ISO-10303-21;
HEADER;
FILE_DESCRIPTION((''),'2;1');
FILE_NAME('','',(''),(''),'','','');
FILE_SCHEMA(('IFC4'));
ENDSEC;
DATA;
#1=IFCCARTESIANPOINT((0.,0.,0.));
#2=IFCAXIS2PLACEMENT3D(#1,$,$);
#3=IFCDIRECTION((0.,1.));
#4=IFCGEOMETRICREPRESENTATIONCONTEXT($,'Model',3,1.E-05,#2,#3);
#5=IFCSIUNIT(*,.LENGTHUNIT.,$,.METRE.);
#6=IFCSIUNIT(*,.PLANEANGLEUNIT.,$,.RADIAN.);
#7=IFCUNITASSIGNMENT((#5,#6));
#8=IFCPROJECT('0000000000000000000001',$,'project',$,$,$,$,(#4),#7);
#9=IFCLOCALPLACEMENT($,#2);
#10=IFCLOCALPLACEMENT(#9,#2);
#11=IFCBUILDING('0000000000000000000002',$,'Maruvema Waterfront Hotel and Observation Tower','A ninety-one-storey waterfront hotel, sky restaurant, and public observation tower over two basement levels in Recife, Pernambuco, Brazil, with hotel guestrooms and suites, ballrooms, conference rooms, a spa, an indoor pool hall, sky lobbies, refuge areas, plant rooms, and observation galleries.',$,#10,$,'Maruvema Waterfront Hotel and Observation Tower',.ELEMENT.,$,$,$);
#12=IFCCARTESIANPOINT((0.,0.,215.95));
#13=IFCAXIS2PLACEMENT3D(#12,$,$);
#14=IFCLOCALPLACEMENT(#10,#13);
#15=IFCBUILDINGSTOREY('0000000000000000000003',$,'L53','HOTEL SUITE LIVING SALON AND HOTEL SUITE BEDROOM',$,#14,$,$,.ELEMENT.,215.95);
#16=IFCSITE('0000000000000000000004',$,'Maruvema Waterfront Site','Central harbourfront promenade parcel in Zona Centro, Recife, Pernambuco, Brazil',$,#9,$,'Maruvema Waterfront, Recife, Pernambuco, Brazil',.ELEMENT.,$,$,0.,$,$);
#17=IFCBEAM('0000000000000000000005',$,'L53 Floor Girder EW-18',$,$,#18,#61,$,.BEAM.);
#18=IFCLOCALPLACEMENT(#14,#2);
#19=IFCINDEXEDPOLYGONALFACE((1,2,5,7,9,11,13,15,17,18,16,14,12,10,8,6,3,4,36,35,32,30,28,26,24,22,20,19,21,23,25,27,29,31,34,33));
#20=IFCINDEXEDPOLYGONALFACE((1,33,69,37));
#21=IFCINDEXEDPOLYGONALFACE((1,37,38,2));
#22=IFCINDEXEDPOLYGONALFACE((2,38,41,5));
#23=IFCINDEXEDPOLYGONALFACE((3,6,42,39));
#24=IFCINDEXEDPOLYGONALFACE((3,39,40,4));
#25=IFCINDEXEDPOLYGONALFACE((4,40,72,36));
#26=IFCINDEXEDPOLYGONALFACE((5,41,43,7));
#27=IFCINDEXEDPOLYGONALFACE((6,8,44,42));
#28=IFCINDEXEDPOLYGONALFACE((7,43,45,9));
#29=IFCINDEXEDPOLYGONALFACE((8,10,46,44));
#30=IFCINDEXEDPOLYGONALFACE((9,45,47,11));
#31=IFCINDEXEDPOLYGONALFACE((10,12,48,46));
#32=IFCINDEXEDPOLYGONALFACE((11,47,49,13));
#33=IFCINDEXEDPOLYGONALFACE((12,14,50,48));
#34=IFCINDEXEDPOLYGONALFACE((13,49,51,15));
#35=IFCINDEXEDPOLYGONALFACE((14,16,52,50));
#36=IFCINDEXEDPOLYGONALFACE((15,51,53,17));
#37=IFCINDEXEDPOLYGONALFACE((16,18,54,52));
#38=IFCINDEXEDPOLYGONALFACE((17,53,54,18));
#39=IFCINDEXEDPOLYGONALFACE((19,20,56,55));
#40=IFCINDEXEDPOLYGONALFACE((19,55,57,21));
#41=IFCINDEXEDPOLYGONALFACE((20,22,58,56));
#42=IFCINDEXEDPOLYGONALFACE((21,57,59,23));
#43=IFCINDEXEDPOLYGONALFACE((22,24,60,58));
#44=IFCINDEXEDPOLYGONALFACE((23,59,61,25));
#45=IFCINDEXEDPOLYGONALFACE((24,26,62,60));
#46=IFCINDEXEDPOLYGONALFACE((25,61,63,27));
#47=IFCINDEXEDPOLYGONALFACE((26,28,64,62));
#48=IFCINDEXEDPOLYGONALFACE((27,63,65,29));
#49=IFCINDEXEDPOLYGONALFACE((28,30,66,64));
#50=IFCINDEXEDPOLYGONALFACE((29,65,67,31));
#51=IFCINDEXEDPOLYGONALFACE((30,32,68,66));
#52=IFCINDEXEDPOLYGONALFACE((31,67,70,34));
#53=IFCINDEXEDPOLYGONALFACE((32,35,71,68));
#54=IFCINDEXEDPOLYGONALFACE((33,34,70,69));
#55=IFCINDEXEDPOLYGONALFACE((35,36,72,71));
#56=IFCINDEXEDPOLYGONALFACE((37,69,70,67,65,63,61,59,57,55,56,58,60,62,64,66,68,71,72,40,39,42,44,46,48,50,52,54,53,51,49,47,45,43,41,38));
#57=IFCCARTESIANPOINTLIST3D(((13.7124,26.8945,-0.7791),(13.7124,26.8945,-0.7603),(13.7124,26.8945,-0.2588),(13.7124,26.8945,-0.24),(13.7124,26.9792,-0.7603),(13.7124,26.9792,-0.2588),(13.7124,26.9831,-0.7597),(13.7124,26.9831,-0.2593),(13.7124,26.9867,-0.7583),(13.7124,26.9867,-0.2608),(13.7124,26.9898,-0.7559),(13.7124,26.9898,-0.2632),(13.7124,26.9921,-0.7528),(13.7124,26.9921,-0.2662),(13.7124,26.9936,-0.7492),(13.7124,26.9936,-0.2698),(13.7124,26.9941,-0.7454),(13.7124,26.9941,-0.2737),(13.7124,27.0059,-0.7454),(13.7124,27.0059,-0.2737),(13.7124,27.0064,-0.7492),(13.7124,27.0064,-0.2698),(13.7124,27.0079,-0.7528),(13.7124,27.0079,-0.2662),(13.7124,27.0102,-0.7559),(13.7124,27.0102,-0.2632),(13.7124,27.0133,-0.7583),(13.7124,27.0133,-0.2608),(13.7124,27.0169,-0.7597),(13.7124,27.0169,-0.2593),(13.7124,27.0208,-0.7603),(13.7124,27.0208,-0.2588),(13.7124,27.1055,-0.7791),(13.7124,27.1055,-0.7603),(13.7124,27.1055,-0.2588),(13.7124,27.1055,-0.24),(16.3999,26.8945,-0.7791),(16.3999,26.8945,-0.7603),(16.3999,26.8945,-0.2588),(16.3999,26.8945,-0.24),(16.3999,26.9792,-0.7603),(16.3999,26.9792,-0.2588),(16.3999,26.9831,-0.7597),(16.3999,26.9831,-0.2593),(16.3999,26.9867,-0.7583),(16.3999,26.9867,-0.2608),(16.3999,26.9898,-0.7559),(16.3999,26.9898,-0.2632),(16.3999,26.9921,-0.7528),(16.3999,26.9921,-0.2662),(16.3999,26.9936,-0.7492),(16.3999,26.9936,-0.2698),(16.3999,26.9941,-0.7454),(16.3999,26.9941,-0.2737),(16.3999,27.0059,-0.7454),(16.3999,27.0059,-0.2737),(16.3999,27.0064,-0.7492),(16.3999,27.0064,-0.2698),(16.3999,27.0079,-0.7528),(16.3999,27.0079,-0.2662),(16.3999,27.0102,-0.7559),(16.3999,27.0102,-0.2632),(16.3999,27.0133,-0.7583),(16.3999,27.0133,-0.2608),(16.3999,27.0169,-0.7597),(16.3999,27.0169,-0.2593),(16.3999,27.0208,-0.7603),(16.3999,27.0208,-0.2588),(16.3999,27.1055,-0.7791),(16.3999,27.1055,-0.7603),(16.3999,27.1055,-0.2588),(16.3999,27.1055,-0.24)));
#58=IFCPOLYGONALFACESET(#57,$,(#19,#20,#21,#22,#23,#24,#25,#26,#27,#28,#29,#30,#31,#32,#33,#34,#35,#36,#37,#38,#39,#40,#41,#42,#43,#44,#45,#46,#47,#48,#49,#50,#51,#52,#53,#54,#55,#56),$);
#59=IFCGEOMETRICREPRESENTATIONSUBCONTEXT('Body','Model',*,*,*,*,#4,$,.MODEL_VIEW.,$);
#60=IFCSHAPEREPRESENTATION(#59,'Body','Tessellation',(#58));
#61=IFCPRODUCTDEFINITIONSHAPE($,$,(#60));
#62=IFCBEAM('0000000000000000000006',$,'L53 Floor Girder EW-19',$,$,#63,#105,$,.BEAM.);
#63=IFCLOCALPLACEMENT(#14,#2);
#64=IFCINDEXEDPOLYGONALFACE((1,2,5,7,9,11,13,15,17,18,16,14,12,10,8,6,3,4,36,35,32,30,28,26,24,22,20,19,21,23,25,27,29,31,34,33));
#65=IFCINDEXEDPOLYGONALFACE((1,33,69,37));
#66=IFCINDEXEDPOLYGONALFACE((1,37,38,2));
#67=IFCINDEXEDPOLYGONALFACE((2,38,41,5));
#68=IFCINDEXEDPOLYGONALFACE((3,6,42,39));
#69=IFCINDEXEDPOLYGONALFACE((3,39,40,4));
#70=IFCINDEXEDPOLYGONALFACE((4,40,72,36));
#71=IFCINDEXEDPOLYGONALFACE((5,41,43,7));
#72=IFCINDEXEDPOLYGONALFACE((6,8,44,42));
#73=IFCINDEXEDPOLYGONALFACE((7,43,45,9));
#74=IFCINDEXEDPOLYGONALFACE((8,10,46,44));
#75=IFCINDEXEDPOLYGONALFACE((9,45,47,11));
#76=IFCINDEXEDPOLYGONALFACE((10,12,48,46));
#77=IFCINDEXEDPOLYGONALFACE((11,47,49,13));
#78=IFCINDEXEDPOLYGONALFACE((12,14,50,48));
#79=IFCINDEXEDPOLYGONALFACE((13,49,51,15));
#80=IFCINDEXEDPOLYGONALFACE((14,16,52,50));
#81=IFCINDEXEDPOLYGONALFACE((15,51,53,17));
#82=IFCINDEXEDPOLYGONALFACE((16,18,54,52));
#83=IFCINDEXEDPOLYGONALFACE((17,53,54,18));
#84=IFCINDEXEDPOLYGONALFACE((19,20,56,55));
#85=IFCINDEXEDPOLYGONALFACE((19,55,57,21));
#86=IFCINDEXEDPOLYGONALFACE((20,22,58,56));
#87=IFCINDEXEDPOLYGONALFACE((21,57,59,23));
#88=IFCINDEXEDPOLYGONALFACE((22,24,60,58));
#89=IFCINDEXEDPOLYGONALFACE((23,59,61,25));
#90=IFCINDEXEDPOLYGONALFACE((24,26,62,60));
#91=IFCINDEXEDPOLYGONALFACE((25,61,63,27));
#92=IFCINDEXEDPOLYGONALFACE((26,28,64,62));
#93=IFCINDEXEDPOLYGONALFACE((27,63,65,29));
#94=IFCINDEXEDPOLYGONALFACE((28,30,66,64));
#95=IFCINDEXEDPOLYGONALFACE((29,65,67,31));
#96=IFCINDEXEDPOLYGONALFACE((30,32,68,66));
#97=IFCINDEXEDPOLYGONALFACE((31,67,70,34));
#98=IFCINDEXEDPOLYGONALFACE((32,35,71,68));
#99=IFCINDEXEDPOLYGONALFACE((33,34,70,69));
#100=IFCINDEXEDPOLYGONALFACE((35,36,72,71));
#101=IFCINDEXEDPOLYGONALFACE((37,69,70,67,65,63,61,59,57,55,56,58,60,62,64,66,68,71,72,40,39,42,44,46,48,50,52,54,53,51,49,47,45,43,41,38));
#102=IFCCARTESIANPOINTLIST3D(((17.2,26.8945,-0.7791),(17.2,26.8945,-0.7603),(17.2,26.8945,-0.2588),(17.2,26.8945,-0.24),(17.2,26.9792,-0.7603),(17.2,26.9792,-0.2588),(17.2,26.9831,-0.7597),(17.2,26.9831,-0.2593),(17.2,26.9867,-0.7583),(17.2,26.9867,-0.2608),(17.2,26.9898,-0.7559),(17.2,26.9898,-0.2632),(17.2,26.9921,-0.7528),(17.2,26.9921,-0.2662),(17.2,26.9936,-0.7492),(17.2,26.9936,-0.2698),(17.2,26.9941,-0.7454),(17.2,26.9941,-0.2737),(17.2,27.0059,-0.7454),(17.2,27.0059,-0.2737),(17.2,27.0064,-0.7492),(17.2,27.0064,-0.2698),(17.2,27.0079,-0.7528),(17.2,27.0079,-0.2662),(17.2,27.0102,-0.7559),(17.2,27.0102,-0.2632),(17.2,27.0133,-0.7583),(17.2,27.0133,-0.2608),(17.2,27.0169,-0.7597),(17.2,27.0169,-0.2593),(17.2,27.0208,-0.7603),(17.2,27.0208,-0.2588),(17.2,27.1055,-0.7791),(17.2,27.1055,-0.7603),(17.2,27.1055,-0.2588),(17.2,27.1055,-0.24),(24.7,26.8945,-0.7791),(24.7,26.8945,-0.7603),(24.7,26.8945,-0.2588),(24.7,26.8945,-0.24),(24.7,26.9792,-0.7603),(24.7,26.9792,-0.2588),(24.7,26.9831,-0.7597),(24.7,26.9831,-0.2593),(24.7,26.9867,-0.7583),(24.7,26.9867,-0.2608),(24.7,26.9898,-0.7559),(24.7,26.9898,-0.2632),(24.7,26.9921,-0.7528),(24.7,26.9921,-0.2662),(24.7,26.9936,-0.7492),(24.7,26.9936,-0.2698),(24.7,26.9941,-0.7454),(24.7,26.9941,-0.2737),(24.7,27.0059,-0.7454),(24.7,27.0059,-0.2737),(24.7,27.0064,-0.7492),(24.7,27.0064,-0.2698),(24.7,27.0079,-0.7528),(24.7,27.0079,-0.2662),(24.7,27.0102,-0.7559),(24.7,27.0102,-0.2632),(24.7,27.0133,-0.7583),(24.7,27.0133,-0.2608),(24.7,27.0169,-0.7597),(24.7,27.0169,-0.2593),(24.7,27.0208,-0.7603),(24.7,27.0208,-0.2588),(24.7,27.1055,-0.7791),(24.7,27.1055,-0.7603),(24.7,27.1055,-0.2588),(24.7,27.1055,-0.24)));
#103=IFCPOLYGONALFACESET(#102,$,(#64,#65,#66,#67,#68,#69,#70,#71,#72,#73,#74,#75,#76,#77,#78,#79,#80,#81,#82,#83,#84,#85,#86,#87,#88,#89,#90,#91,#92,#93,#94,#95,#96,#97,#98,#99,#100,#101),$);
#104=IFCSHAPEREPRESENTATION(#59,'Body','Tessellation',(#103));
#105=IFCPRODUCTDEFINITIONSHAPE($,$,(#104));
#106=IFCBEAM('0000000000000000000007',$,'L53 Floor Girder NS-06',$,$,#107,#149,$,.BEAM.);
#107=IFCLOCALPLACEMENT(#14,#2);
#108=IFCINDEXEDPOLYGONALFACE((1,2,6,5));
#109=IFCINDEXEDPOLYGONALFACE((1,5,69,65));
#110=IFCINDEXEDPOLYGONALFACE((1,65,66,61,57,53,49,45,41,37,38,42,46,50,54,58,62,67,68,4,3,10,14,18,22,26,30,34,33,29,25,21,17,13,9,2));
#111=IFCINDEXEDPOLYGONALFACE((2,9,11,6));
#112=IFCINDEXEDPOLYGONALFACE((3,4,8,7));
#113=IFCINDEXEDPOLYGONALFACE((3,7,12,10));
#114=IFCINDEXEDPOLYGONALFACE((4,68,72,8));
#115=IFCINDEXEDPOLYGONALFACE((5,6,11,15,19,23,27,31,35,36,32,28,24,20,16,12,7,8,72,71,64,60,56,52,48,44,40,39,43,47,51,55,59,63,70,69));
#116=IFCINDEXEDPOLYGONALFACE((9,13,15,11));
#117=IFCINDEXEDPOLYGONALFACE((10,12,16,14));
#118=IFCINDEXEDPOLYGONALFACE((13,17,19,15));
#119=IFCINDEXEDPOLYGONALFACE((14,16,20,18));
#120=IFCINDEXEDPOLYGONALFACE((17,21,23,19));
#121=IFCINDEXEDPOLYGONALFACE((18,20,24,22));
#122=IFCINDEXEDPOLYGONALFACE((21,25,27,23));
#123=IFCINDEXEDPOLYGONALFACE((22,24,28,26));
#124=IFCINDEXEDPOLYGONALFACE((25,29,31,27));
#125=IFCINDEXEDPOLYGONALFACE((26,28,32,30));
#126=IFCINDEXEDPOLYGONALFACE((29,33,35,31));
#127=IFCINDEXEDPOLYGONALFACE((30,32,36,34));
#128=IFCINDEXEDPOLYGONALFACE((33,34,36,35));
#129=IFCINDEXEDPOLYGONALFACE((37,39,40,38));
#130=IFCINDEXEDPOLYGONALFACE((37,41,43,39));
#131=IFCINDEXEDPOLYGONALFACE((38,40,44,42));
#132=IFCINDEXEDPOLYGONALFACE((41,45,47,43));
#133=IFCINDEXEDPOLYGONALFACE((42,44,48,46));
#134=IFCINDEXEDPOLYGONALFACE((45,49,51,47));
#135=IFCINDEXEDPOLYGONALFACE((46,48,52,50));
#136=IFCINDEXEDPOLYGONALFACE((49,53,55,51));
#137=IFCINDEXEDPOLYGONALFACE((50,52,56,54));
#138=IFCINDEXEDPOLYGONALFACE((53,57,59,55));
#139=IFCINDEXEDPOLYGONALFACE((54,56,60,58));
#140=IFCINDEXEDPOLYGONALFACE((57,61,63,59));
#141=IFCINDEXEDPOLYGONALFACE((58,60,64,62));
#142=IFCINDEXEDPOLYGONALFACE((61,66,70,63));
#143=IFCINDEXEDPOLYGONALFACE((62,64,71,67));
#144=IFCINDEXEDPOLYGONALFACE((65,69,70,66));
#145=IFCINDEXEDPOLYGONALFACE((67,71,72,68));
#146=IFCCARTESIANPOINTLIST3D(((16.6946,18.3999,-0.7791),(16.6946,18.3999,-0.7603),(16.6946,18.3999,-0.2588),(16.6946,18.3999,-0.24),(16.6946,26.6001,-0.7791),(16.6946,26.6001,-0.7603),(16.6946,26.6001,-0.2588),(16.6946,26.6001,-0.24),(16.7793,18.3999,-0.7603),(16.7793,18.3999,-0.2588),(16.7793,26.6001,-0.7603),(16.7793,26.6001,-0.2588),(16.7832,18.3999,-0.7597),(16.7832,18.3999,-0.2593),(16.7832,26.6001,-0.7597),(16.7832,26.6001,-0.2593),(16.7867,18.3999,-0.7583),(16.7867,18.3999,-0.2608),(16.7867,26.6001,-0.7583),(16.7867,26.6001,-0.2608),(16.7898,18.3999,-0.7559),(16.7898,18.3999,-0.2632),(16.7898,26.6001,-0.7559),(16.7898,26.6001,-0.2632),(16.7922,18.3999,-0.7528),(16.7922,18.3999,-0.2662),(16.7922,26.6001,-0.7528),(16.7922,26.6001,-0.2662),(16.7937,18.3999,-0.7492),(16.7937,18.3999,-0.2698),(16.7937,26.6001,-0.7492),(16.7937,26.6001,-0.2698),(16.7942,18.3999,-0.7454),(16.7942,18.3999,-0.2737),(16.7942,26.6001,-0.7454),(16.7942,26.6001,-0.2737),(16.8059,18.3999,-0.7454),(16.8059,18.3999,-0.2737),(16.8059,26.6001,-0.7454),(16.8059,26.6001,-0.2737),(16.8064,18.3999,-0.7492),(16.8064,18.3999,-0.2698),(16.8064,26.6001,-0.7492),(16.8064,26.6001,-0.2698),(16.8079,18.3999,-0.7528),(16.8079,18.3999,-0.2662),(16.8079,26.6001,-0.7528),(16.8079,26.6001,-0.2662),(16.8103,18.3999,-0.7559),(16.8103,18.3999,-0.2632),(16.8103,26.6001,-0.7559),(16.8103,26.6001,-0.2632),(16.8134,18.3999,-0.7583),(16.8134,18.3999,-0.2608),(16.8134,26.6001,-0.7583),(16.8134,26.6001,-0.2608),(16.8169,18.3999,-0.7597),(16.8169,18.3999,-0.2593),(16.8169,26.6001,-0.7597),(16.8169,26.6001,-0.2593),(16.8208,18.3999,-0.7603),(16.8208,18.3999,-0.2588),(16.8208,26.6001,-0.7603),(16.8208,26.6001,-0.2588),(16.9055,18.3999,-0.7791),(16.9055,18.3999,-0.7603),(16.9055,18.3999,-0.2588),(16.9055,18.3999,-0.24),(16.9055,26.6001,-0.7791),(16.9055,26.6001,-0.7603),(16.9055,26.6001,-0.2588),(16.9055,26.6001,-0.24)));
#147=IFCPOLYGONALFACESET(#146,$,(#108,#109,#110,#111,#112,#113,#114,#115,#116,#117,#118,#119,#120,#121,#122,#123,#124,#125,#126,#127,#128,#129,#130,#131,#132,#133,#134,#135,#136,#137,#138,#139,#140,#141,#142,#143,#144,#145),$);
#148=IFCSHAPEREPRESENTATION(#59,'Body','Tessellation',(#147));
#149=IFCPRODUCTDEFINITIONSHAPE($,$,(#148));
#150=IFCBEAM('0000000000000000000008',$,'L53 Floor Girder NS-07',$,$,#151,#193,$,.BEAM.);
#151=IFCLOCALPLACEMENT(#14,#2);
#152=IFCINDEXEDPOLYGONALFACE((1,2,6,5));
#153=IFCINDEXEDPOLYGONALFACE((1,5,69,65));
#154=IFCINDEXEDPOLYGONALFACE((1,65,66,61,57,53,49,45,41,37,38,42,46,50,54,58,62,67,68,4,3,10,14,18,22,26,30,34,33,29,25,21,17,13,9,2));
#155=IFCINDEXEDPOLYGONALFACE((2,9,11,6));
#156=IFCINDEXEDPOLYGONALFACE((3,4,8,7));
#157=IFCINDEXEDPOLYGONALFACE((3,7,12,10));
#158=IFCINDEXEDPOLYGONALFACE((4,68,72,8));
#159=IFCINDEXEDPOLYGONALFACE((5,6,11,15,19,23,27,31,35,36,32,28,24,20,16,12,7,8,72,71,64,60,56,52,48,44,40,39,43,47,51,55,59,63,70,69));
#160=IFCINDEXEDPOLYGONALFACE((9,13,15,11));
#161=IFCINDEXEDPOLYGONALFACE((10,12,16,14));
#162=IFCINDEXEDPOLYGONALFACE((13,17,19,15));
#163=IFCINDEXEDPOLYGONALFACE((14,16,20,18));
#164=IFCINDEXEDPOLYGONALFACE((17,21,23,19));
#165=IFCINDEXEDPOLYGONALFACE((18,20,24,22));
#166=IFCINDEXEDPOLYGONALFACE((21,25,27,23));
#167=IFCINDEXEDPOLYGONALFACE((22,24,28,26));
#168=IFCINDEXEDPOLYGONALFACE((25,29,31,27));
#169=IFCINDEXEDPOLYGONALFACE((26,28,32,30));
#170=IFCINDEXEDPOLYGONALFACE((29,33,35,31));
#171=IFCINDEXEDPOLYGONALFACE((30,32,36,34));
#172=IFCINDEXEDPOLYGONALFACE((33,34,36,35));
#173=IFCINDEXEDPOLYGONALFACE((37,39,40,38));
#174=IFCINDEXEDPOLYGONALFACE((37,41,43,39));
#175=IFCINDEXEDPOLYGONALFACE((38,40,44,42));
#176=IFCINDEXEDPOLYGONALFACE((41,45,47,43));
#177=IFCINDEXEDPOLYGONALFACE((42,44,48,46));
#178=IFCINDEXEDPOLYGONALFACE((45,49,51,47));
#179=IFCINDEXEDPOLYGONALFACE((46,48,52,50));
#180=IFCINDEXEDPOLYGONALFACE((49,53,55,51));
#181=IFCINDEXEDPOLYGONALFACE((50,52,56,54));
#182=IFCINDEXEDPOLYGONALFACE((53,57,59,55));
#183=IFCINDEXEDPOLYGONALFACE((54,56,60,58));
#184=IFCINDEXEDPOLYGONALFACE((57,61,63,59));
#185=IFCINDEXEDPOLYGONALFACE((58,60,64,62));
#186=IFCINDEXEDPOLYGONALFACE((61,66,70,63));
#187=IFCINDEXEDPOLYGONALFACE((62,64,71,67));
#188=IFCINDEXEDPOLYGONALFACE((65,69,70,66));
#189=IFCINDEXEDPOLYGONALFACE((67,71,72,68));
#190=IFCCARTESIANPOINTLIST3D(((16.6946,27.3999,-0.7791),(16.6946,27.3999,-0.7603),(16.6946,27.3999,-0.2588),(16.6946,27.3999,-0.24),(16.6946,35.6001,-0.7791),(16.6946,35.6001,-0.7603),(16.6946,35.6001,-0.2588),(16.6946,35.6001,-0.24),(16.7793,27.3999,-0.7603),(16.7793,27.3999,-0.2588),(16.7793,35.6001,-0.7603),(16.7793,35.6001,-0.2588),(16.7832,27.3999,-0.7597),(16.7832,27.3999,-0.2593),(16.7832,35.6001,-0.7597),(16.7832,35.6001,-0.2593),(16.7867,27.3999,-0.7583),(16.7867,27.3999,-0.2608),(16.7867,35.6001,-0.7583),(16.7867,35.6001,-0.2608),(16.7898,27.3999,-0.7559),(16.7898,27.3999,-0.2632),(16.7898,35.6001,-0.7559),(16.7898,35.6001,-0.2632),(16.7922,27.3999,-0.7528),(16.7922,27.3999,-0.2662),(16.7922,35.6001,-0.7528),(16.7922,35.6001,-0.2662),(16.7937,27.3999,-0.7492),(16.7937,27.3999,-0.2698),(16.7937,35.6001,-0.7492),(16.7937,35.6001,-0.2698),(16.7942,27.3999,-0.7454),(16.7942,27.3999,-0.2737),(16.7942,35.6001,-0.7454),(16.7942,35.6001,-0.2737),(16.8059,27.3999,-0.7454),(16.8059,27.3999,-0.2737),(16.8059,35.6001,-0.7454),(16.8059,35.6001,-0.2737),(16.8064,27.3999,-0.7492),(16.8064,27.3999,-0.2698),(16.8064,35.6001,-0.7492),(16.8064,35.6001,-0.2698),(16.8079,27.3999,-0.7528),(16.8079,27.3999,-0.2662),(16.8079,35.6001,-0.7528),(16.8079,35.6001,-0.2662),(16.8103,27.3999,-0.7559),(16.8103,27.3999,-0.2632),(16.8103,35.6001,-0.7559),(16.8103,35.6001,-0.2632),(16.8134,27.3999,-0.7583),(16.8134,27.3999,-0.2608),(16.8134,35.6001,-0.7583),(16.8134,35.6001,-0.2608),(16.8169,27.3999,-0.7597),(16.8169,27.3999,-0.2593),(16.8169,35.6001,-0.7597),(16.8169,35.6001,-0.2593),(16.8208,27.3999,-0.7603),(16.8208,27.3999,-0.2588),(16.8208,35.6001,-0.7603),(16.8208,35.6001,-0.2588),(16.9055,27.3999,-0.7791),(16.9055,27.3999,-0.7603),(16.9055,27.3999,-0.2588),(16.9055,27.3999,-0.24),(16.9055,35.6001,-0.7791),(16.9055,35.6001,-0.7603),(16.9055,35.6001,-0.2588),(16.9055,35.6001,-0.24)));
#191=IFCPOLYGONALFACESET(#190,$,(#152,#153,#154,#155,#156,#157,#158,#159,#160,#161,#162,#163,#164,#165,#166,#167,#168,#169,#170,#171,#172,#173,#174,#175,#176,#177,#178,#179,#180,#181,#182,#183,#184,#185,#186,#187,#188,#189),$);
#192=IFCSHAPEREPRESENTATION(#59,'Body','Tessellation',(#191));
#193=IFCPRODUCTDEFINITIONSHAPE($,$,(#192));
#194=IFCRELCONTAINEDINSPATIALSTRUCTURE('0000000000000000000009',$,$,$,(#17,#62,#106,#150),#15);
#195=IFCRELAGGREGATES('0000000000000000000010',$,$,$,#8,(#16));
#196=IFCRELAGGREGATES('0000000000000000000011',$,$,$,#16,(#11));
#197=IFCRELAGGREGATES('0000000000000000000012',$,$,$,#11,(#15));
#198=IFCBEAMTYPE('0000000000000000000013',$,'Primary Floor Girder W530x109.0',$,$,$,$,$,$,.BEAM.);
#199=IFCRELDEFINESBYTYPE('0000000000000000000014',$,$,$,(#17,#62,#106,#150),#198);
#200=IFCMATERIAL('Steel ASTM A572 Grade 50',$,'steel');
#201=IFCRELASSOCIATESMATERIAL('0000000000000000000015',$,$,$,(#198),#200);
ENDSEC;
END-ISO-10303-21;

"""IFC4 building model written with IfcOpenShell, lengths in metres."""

from ifc_helpers import new_model, si_unit, direction, frame, origin, origin_2d, place, context, subcontext, project, spatial, i_section, extrude, material, material_profile, profile_set, type_object, element, save


model = new_model("IFC4")

# Units and contexts
model_context = context("Model", 3, precision=1e-05, world=origin(), true_north=direction((0.0, 1.0)))
body_context = subcontext(model_context, "Body", "Model", "MODEL_VIEW")
ifc_project = project(units=[si_unit("LENGTHUNIT", "METRE"), si_unit("PLANEANGLEUNIT", "RADIAN")], contexts=[model_context])

# Site, building, storey
site_placement = place(None, origin())
site = spatial("IfcSite", under=ifc_project, at=site_placement, Name="Maruvema Waterfront Site", Description="Central harbourfront promenade parcel in Zona Centro, Recife, Pernambuco, Brazil", LongName="Maruvema Waterfront, Recife, Pernambuco, Brazil", CompositionType="ELEMENT", RefElevation=0.0)
building_placement = place(site_placement, origin())
building = spatial("IfcBuilding", under=site, at=building_placement, Name="Maruvema Waterfront Hotel and Observation Tower", Description="A ninety-one-storey waterfront hotel, sky restaurant, and public observation tower over two basement levels in Recife, Pernambuco, Brazil, with hotel guestrooms and suites, ballrooms, conference rooms, a spa, an indoor pool hall, sky lobbies, refuge areas, plant rooms, and observation galleries.", LongName="Maruvema Waterfront Hotel and Observation Tower", CompositionType="ELEMENT")
storey_placement = place(building_placement, frame((0.0, 0.0, 215.95)))
storey = spatial("IfcBuildingStorey", under=building, at=storey_placement, Name="L53", Description="HOTEL SUITE LIVING SALON AND HOTEL SUITE BEDROOM", CompositionType="ELEMENT", Elevation=215.95)

# Beams
ifc_material_1 = material(Name="Steel ASTM A572 Grade 50", Category="steel")
ifc_material_profile_1 = material_profile(ifc_material_1, i_section(OverallWidth=0.2109, OverallDepth=0.5391, WebThickness=0.0117, FlangeThickness=0.0188, FilletRadius=0.0149, at=origin_2d()), Name="W530x109.0")
ifc_profile_set_1 = profile_set([ifc_material_profile_1], Name="Steel ASTM A572 Grade 50")
beam_type_1 = type_object("IfcBeamType", Name="Primary Floor Girder W530x109.0", PredefinedType="BEAM", material=ifc_profile_set_1)
beam_1_placement = place(storey_placement, frame((13.7124, 27.0, -0.5095), z_axis=(1.0, 0.0, 0.0), x_axis=(0.0, 1.0, 0.0)))
element("IfcBeam", 1, at=beam_1_placement, inside=storey, type_object=beam_type_1, Name="L53 Floor Girder EW-18", PredefinedType="BEAM", context=body_context, shape_type="SweptSolid", body=[
    extrude(i_section(OverallWidth=0.2109, OverallDepth=0.5391, WebThickness=0.0117, FlangeThickness=0.0188, FilletRadius=0.0149, at=origin_2d()), origin(), (0.0, 0.0, 1.0), 2.6875),
])
beam_2_placement = place(storey_placement, frame((17.2, 27.0, -0.5095), z_axis=(1.0, 0.0, 0.0), x_axis=(0.0, 1.0, 0.0)))
element("IfcBeam", 2, at=beam_2_placement, inside=storey, type_object=beam_type_1, Name="L53 Floor Girder EW-19", PredefinedType="BEAM", context=body_context, shape_type="SweptSolid", body=[
    extrude(i_section(OverallWidth=0.2109, OverallDepth=0.5391, WebThickness=0.0117, FlangeThickness=0.0188, FilletRadius=0.0149, at=origin_2d()), origin(), (0.0, 0.0, 1.0), 7.5),
])
for number, where, z_axis, x_axis, name in (
    (3, (16.8, 18.3999, -0.5095), (0.0, 1.0, 0.0), (-1.0, 0.0, 0.0), "L53 Floor Girder NS-06"),
    (4, (16.8, 27.3999, -0.5095), (0.0, 1.0, 0.0), (-1.0, 0.0, 0.0), "L53 Floor Girder NS-07"),
):
    element("IfcBeam", number, at=place(storey_placement, frame(where, z_axis=z_axis, x_axis=x_axis)), inside=storey, type_object=beam_type_1, Name=name, PredefinedType="BEAM", context=body_context, shape_type="SweptSolid", body=[
        extrude(i_section(OverallWidth=0.2109, OverallDepth=0.5391, WebThickness=0.0117, FlangeThickness=0.0188, FilletRadius=0.0149, at=origin_2d()), origin(), (0.0, 0.0, 1.0), 8.2002),
    ])

save(model, "model.ifc")
